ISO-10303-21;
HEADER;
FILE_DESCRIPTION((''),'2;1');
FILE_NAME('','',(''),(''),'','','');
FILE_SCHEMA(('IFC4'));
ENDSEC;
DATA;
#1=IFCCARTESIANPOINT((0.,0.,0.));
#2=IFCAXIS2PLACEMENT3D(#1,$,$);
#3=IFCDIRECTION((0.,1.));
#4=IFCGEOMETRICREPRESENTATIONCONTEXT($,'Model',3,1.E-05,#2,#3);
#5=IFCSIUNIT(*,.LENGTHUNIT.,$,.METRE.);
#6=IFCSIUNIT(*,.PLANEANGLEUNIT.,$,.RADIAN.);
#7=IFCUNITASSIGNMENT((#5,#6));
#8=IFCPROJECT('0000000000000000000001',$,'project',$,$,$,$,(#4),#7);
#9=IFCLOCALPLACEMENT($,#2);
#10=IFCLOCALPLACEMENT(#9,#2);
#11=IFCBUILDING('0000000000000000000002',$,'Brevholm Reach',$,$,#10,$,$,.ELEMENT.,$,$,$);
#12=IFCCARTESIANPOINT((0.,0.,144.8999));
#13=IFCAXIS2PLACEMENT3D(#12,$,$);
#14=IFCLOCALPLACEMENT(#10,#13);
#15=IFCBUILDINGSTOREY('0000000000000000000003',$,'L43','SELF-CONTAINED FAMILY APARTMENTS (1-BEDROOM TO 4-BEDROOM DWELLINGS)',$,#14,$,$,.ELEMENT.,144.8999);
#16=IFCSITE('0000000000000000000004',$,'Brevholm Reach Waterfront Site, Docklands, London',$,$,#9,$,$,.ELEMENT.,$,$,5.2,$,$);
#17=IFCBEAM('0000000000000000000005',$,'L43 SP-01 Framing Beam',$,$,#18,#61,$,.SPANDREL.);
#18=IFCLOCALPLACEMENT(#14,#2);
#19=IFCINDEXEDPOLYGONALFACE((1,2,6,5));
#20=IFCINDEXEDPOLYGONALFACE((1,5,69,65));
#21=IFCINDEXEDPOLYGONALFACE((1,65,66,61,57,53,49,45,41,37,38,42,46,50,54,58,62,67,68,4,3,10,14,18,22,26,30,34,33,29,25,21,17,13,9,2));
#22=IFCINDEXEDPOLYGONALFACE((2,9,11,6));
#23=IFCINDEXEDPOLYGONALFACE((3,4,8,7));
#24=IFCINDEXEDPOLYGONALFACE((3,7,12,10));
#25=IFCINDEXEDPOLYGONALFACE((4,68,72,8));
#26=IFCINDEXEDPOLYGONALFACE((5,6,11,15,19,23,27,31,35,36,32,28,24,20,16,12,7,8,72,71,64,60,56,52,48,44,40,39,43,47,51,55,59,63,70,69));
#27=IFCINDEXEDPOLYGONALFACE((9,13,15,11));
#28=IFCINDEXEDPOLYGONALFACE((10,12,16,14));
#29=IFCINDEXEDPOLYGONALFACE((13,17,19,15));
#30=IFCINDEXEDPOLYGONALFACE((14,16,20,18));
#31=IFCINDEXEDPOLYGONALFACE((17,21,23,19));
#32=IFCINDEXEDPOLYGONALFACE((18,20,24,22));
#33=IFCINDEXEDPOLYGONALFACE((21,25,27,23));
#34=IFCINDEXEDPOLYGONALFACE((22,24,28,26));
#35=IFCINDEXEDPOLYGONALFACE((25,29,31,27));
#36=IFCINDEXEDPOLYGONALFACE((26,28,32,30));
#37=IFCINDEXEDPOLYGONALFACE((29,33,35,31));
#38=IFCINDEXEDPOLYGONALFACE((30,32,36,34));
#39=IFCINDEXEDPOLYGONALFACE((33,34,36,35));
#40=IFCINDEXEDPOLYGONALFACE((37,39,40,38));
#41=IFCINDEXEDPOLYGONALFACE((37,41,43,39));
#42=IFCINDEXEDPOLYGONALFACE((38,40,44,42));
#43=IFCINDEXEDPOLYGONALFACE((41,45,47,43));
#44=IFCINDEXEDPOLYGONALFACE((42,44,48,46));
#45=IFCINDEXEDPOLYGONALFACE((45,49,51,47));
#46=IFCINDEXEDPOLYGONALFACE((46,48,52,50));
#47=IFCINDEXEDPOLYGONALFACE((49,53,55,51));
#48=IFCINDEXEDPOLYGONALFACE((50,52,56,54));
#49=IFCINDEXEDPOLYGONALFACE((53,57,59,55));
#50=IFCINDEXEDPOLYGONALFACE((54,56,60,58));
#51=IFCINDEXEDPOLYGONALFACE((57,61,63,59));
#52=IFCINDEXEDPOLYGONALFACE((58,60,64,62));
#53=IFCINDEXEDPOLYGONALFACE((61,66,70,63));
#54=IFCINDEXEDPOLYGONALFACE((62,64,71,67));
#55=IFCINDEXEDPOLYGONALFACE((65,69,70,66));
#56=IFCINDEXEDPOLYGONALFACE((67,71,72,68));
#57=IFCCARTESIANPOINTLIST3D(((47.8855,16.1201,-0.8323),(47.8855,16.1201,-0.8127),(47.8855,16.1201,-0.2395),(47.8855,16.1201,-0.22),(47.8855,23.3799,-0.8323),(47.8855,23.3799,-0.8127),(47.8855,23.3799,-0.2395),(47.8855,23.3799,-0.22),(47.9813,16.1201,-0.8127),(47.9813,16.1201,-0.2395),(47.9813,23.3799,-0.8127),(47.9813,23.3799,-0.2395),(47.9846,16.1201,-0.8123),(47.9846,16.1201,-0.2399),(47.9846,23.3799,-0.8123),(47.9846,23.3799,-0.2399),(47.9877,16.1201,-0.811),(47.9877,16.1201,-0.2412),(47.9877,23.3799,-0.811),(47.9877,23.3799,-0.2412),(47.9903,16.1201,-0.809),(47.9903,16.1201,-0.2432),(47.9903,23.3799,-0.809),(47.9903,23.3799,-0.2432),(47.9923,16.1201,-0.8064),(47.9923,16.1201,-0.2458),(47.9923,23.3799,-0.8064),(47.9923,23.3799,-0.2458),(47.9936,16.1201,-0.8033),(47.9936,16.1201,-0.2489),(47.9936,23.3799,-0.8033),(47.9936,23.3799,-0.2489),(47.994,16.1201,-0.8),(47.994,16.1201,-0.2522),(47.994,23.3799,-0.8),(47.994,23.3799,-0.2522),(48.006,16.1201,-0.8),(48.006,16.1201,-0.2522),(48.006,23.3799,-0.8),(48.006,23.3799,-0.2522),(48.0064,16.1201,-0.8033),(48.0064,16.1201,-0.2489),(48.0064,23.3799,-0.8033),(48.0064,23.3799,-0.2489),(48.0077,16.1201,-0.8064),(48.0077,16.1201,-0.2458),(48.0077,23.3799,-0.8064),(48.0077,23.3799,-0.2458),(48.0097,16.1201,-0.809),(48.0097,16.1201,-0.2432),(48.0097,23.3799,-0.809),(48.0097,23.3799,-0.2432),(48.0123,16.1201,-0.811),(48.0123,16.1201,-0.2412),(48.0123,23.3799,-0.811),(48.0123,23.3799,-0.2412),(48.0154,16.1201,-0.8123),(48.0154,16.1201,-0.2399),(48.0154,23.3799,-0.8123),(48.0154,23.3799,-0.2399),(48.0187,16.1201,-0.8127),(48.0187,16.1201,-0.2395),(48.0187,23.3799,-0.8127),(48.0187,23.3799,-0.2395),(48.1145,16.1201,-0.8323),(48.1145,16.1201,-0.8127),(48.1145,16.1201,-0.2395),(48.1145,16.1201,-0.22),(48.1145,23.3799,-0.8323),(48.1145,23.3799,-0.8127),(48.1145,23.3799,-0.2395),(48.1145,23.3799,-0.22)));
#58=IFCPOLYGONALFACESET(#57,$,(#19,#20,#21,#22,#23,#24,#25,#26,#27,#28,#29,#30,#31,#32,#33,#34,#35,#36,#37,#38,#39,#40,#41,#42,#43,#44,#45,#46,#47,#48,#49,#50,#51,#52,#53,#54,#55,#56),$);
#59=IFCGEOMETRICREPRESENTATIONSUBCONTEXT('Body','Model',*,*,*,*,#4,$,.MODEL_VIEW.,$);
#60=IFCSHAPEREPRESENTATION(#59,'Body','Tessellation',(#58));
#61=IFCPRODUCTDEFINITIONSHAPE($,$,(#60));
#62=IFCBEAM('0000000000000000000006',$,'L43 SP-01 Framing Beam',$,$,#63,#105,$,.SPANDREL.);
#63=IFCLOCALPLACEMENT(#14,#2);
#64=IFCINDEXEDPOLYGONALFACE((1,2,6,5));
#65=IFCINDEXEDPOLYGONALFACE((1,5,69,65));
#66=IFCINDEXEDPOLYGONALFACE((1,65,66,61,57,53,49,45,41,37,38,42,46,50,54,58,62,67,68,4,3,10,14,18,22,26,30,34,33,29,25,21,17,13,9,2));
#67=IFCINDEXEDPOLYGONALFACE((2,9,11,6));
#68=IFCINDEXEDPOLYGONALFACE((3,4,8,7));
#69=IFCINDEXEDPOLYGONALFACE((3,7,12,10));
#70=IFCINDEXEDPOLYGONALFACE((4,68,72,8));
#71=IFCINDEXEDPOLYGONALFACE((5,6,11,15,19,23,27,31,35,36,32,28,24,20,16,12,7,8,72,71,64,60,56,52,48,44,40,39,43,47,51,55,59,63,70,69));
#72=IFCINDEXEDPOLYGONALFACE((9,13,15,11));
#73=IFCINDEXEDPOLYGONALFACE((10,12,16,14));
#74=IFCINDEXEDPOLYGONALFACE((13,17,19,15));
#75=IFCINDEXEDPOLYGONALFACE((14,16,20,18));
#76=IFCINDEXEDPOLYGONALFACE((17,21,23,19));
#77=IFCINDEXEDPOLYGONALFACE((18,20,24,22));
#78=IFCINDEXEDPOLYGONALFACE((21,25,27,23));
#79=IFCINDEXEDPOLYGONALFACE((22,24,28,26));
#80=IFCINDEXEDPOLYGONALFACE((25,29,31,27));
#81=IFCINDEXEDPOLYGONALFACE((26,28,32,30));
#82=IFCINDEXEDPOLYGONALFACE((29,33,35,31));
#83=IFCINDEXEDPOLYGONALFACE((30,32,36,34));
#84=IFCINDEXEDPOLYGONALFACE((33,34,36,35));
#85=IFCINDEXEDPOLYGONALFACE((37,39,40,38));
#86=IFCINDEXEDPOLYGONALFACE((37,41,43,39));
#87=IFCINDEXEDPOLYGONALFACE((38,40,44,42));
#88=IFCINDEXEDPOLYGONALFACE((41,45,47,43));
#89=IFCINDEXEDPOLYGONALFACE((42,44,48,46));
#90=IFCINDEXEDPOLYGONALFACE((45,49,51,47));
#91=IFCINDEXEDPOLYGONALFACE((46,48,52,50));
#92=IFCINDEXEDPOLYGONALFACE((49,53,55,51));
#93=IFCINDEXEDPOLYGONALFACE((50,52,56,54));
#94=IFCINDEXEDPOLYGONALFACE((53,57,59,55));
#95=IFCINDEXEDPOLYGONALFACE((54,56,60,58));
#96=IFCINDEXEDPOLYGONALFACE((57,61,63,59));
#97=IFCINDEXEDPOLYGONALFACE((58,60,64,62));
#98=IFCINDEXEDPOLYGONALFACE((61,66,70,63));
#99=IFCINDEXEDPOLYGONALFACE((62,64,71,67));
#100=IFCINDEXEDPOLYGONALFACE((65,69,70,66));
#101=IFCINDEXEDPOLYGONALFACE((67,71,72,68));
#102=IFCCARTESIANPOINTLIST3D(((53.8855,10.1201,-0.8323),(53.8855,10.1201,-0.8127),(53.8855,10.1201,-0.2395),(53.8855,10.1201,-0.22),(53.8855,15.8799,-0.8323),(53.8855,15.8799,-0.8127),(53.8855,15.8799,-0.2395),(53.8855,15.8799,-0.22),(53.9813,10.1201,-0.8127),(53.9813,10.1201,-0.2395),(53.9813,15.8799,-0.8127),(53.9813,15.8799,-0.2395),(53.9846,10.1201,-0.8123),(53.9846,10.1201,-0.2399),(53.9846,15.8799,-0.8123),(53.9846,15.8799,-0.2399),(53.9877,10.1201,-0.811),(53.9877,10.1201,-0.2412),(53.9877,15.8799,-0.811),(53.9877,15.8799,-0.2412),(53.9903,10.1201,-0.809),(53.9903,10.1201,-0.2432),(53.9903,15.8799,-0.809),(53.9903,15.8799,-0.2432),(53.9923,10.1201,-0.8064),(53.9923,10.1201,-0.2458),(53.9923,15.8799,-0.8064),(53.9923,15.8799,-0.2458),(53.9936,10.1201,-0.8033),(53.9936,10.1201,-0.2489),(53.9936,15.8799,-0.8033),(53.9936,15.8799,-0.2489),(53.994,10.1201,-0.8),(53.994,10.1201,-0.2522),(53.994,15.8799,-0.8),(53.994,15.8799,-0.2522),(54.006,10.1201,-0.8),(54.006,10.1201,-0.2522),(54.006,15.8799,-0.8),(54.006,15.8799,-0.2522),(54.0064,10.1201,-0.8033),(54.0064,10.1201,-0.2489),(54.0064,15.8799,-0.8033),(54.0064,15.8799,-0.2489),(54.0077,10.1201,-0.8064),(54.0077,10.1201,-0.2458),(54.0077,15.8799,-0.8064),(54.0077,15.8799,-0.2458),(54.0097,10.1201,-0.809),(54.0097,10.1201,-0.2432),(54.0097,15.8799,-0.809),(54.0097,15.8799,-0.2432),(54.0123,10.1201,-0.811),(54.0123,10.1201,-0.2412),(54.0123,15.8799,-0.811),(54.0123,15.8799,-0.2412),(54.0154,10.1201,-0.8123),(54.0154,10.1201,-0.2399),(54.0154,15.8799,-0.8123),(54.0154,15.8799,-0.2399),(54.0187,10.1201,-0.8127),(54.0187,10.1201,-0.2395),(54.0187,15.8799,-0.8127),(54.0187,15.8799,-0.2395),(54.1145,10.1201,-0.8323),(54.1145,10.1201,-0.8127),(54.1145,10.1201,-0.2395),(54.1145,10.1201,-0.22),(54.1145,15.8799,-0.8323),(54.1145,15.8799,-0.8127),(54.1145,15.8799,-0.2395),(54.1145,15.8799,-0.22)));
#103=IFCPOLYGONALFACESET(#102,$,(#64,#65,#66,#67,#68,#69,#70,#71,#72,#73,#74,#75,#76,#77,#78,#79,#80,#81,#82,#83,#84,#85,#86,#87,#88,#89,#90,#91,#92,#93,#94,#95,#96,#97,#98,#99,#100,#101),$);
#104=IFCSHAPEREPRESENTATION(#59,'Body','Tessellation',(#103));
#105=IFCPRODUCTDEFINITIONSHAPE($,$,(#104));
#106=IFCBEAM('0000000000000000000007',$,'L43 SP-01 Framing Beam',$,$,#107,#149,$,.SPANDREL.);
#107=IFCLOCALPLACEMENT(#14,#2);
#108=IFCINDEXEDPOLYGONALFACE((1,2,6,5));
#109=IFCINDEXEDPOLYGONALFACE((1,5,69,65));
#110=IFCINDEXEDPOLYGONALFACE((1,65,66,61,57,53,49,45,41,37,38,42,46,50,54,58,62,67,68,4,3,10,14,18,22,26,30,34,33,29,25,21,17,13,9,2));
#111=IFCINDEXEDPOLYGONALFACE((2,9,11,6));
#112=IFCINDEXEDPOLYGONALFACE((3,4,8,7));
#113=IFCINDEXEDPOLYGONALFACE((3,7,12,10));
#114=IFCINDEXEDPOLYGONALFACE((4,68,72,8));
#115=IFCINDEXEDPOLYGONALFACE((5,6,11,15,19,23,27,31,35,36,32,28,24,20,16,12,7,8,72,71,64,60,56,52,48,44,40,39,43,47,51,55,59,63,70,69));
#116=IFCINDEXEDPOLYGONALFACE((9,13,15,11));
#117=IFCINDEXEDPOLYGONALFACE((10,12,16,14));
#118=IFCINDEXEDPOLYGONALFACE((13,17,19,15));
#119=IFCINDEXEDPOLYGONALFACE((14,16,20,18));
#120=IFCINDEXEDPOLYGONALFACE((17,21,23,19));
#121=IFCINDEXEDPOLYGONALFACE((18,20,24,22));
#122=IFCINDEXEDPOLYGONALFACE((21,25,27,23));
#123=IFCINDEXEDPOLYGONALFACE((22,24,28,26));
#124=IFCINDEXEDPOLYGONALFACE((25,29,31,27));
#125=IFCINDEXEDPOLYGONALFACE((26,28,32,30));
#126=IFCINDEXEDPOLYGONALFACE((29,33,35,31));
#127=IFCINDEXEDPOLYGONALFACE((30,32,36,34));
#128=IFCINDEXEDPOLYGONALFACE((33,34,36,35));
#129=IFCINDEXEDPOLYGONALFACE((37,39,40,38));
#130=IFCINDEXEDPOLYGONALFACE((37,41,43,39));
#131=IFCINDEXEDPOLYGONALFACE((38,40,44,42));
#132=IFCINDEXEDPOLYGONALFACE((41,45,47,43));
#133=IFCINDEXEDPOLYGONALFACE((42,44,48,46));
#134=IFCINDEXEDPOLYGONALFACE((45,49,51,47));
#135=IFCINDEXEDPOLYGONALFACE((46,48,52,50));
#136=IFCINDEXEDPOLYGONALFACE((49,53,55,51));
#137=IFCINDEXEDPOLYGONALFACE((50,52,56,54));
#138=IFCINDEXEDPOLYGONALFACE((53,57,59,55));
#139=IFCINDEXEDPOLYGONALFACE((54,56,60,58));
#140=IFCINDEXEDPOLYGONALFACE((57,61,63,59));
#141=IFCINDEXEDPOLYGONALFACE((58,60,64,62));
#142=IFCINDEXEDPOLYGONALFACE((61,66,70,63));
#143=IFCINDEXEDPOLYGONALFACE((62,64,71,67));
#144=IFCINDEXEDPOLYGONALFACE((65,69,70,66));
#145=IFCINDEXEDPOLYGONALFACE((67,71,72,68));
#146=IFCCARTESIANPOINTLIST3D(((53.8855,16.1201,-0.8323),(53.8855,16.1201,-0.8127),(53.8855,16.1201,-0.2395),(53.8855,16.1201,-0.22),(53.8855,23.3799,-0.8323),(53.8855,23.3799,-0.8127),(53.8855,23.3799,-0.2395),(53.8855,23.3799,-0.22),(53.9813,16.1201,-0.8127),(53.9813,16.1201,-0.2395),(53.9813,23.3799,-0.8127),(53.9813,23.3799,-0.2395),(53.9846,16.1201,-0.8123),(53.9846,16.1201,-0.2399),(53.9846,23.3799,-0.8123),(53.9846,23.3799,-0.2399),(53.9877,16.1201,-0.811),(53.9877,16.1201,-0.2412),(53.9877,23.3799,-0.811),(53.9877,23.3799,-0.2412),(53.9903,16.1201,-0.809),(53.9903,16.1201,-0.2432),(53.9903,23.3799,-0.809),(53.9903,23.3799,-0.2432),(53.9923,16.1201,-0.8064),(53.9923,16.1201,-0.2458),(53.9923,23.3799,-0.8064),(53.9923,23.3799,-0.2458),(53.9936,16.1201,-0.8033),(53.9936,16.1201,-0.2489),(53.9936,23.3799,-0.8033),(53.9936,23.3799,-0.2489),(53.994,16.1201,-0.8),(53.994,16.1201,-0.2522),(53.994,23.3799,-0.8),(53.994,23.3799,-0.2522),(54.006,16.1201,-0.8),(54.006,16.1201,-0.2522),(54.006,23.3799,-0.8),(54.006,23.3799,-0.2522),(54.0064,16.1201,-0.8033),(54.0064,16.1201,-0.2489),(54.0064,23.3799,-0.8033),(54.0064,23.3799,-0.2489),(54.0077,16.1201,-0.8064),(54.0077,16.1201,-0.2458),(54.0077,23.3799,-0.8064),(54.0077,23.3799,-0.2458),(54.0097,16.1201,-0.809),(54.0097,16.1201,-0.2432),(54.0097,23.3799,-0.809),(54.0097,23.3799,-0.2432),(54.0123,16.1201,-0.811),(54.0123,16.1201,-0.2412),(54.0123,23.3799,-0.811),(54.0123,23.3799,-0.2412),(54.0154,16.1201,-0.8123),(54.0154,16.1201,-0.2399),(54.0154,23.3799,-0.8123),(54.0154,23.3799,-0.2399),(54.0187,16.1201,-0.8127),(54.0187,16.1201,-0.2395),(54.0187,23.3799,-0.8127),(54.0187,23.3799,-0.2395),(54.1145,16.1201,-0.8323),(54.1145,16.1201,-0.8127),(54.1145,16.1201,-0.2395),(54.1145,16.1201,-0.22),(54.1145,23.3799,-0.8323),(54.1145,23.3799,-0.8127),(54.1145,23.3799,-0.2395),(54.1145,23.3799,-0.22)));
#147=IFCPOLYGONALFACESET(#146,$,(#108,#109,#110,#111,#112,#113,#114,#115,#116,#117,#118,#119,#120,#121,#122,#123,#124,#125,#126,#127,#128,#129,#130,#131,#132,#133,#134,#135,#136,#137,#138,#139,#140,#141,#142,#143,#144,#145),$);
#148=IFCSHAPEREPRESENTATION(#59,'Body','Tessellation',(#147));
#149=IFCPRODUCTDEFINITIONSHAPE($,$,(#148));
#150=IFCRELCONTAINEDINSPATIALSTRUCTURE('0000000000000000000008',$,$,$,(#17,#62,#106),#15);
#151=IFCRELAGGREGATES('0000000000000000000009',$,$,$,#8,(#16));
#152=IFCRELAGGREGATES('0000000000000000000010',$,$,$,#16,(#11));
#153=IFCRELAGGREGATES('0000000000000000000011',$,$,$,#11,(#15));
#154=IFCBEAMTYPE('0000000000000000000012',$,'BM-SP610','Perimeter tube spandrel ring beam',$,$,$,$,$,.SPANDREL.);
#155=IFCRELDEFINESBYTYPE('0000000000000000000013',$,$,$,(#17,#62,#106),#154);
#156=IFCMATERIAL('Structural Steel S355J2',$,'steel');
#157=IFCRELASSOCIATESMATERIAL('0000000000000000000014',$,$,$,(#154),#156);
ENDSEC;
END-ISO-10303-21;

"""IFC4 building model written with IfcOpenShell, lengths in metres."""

from ifc_helpers import new_model, si_unit, direction, frame, origin, origin_2d, place, context, subcontext, project, spatial, i_section, extrude, material, material_profile, profile_set, type_object, element, save


model = new_model("IFC4")

# Units and contexts
model_context = context("Model", 3, precision=1e-05, world=origin(), true_north=direction((0.0, 1.0)))
body_context = subcontext(model_context, "Body", "Model", "MODEL_VIEW")
ifc_project = project(units=[si_unit("LENGTHUNIT", "METRE"), si_unit("PLANEANGLEUNIT", "RADIAN")], contexts=[model_context])

# Site, building, storey
site_placement = place(None, origin())
site = spatial("IfcSite", under=ifc_project, at=site_placement, Name="Brevholm Reach Waterfront Site, Docklands, London", CompositionType="ELEMENT", RefElevation=5.2)
building_placement = place(site_placement, origin())
building = spatial("IfcBuilding", under=site, at=building_placement, Name="Brevholm Reach", CompositionType="ELEMENT")
storey_placement = place(building_placement, frame((0.0, 0.0, 144.8999)))
storey = spatial("IfcBuildingStorey", under=building, at=storey_placement, Name="L43", Description="SELF-CONTAINED FAMILY APARTMENTS (1-BEDROOM TO 4-BEDROOM DWELLINGS)", CompositionType="ELEMENT", Elevation=144.8999)

# Beams
ifc_material_1 = material(Name="Structural Steel S355J2", Category="steel")
ifc_material_profile_1 = material_profile(ifc_material_1, i_section(OverallWidth=0.229, OverallDepth=0.6123, WebThickness=0.012, FlangeThickness=0.0195, FilletRadius=0.0127, at=origin_2d()), Name="UKB 610x229x125")
ifc_profile_set_1 = profile_set([ifc_material_profile_1], Name="Structural Steel S355J2")
beam_type_1 = type_object("IfcBeamType", Name="BM-SP610", Description="Perimeter tube spandrel ring beam", PredefinedType="SPANDREL", material=ifc_profile_set_1)
beam_1_placement = place(storey_placement, frame((48.0, 16.1201, -0.5261), z_axis=(0.0, 1.0, 0.0), x_axis=(-1.0, 0.0, 0.0)))
element("IfcBeam", 1, at=beam_1_placement, inside=storey, type_object=beam_type_1, Name="L43 SP-01 Framing Beam", PredefinedType="SPANDREL", context=body_context, shape_type="SweptSolid", body=[
    extrude(i_section(OverallWidth=0.229, OverallDepth=0.6123, WebThickness=0.012, FlangeThickness=0.0195, FilletRadius=0.0127, at=origin_2d()), origin(), (0.0, 0.0, 1.0), 7.2598),
])
beam_2_placement = place(storey_placement, frame((54.0, 10.1201, -0.5261), z_axis=(0.0, 1.0, 0.0), x_axis=(-1.0, 0.0, 0.0)))
element("IfcBeam", 2, at=beam_2_placement, inside=storey, type_object=beam_type_1, Name="L43 SP-01 Framing Beam", PredefinedType="SPANDREL", context=body_context, shape_type="SweptSolid", body=[
    extrude(i_section(OverallWidth=0.229, OverallDepth=0.6123, WebThickness=0.012, FlangeThickness=0.0195, FilletRadius=0.0127, at=origin_2d()), origin(), (0.0, 0.0, 1.0), 5.7598),
])
beam_3_placement = place(storey_placement, frame((54.0, 16.1201, -0.5261), z_axis=(0.0, 1.0, 0.0), x_axis=(-1.0, 0.0, 0.0)))
element("IfcBeam", 3, at=beam_3_placement, inside=storey, type_object=beam_type_1, Name="L43 SP-01 Framing Beam", PredefinedType="SPANDREL", context=body_context, shape_type="SweptSolid", body=[
    extrude(i_section(OverallWidth=0.229, OverallDepth=0.6123, WebThickness=0.012, FlangeThickness=0.0195, FilletRadius=0.0127, at=origin_2d()), origin(), (0.0, 0.0, 1.0), 7.2598),
])

save(model, "model.ifc")
